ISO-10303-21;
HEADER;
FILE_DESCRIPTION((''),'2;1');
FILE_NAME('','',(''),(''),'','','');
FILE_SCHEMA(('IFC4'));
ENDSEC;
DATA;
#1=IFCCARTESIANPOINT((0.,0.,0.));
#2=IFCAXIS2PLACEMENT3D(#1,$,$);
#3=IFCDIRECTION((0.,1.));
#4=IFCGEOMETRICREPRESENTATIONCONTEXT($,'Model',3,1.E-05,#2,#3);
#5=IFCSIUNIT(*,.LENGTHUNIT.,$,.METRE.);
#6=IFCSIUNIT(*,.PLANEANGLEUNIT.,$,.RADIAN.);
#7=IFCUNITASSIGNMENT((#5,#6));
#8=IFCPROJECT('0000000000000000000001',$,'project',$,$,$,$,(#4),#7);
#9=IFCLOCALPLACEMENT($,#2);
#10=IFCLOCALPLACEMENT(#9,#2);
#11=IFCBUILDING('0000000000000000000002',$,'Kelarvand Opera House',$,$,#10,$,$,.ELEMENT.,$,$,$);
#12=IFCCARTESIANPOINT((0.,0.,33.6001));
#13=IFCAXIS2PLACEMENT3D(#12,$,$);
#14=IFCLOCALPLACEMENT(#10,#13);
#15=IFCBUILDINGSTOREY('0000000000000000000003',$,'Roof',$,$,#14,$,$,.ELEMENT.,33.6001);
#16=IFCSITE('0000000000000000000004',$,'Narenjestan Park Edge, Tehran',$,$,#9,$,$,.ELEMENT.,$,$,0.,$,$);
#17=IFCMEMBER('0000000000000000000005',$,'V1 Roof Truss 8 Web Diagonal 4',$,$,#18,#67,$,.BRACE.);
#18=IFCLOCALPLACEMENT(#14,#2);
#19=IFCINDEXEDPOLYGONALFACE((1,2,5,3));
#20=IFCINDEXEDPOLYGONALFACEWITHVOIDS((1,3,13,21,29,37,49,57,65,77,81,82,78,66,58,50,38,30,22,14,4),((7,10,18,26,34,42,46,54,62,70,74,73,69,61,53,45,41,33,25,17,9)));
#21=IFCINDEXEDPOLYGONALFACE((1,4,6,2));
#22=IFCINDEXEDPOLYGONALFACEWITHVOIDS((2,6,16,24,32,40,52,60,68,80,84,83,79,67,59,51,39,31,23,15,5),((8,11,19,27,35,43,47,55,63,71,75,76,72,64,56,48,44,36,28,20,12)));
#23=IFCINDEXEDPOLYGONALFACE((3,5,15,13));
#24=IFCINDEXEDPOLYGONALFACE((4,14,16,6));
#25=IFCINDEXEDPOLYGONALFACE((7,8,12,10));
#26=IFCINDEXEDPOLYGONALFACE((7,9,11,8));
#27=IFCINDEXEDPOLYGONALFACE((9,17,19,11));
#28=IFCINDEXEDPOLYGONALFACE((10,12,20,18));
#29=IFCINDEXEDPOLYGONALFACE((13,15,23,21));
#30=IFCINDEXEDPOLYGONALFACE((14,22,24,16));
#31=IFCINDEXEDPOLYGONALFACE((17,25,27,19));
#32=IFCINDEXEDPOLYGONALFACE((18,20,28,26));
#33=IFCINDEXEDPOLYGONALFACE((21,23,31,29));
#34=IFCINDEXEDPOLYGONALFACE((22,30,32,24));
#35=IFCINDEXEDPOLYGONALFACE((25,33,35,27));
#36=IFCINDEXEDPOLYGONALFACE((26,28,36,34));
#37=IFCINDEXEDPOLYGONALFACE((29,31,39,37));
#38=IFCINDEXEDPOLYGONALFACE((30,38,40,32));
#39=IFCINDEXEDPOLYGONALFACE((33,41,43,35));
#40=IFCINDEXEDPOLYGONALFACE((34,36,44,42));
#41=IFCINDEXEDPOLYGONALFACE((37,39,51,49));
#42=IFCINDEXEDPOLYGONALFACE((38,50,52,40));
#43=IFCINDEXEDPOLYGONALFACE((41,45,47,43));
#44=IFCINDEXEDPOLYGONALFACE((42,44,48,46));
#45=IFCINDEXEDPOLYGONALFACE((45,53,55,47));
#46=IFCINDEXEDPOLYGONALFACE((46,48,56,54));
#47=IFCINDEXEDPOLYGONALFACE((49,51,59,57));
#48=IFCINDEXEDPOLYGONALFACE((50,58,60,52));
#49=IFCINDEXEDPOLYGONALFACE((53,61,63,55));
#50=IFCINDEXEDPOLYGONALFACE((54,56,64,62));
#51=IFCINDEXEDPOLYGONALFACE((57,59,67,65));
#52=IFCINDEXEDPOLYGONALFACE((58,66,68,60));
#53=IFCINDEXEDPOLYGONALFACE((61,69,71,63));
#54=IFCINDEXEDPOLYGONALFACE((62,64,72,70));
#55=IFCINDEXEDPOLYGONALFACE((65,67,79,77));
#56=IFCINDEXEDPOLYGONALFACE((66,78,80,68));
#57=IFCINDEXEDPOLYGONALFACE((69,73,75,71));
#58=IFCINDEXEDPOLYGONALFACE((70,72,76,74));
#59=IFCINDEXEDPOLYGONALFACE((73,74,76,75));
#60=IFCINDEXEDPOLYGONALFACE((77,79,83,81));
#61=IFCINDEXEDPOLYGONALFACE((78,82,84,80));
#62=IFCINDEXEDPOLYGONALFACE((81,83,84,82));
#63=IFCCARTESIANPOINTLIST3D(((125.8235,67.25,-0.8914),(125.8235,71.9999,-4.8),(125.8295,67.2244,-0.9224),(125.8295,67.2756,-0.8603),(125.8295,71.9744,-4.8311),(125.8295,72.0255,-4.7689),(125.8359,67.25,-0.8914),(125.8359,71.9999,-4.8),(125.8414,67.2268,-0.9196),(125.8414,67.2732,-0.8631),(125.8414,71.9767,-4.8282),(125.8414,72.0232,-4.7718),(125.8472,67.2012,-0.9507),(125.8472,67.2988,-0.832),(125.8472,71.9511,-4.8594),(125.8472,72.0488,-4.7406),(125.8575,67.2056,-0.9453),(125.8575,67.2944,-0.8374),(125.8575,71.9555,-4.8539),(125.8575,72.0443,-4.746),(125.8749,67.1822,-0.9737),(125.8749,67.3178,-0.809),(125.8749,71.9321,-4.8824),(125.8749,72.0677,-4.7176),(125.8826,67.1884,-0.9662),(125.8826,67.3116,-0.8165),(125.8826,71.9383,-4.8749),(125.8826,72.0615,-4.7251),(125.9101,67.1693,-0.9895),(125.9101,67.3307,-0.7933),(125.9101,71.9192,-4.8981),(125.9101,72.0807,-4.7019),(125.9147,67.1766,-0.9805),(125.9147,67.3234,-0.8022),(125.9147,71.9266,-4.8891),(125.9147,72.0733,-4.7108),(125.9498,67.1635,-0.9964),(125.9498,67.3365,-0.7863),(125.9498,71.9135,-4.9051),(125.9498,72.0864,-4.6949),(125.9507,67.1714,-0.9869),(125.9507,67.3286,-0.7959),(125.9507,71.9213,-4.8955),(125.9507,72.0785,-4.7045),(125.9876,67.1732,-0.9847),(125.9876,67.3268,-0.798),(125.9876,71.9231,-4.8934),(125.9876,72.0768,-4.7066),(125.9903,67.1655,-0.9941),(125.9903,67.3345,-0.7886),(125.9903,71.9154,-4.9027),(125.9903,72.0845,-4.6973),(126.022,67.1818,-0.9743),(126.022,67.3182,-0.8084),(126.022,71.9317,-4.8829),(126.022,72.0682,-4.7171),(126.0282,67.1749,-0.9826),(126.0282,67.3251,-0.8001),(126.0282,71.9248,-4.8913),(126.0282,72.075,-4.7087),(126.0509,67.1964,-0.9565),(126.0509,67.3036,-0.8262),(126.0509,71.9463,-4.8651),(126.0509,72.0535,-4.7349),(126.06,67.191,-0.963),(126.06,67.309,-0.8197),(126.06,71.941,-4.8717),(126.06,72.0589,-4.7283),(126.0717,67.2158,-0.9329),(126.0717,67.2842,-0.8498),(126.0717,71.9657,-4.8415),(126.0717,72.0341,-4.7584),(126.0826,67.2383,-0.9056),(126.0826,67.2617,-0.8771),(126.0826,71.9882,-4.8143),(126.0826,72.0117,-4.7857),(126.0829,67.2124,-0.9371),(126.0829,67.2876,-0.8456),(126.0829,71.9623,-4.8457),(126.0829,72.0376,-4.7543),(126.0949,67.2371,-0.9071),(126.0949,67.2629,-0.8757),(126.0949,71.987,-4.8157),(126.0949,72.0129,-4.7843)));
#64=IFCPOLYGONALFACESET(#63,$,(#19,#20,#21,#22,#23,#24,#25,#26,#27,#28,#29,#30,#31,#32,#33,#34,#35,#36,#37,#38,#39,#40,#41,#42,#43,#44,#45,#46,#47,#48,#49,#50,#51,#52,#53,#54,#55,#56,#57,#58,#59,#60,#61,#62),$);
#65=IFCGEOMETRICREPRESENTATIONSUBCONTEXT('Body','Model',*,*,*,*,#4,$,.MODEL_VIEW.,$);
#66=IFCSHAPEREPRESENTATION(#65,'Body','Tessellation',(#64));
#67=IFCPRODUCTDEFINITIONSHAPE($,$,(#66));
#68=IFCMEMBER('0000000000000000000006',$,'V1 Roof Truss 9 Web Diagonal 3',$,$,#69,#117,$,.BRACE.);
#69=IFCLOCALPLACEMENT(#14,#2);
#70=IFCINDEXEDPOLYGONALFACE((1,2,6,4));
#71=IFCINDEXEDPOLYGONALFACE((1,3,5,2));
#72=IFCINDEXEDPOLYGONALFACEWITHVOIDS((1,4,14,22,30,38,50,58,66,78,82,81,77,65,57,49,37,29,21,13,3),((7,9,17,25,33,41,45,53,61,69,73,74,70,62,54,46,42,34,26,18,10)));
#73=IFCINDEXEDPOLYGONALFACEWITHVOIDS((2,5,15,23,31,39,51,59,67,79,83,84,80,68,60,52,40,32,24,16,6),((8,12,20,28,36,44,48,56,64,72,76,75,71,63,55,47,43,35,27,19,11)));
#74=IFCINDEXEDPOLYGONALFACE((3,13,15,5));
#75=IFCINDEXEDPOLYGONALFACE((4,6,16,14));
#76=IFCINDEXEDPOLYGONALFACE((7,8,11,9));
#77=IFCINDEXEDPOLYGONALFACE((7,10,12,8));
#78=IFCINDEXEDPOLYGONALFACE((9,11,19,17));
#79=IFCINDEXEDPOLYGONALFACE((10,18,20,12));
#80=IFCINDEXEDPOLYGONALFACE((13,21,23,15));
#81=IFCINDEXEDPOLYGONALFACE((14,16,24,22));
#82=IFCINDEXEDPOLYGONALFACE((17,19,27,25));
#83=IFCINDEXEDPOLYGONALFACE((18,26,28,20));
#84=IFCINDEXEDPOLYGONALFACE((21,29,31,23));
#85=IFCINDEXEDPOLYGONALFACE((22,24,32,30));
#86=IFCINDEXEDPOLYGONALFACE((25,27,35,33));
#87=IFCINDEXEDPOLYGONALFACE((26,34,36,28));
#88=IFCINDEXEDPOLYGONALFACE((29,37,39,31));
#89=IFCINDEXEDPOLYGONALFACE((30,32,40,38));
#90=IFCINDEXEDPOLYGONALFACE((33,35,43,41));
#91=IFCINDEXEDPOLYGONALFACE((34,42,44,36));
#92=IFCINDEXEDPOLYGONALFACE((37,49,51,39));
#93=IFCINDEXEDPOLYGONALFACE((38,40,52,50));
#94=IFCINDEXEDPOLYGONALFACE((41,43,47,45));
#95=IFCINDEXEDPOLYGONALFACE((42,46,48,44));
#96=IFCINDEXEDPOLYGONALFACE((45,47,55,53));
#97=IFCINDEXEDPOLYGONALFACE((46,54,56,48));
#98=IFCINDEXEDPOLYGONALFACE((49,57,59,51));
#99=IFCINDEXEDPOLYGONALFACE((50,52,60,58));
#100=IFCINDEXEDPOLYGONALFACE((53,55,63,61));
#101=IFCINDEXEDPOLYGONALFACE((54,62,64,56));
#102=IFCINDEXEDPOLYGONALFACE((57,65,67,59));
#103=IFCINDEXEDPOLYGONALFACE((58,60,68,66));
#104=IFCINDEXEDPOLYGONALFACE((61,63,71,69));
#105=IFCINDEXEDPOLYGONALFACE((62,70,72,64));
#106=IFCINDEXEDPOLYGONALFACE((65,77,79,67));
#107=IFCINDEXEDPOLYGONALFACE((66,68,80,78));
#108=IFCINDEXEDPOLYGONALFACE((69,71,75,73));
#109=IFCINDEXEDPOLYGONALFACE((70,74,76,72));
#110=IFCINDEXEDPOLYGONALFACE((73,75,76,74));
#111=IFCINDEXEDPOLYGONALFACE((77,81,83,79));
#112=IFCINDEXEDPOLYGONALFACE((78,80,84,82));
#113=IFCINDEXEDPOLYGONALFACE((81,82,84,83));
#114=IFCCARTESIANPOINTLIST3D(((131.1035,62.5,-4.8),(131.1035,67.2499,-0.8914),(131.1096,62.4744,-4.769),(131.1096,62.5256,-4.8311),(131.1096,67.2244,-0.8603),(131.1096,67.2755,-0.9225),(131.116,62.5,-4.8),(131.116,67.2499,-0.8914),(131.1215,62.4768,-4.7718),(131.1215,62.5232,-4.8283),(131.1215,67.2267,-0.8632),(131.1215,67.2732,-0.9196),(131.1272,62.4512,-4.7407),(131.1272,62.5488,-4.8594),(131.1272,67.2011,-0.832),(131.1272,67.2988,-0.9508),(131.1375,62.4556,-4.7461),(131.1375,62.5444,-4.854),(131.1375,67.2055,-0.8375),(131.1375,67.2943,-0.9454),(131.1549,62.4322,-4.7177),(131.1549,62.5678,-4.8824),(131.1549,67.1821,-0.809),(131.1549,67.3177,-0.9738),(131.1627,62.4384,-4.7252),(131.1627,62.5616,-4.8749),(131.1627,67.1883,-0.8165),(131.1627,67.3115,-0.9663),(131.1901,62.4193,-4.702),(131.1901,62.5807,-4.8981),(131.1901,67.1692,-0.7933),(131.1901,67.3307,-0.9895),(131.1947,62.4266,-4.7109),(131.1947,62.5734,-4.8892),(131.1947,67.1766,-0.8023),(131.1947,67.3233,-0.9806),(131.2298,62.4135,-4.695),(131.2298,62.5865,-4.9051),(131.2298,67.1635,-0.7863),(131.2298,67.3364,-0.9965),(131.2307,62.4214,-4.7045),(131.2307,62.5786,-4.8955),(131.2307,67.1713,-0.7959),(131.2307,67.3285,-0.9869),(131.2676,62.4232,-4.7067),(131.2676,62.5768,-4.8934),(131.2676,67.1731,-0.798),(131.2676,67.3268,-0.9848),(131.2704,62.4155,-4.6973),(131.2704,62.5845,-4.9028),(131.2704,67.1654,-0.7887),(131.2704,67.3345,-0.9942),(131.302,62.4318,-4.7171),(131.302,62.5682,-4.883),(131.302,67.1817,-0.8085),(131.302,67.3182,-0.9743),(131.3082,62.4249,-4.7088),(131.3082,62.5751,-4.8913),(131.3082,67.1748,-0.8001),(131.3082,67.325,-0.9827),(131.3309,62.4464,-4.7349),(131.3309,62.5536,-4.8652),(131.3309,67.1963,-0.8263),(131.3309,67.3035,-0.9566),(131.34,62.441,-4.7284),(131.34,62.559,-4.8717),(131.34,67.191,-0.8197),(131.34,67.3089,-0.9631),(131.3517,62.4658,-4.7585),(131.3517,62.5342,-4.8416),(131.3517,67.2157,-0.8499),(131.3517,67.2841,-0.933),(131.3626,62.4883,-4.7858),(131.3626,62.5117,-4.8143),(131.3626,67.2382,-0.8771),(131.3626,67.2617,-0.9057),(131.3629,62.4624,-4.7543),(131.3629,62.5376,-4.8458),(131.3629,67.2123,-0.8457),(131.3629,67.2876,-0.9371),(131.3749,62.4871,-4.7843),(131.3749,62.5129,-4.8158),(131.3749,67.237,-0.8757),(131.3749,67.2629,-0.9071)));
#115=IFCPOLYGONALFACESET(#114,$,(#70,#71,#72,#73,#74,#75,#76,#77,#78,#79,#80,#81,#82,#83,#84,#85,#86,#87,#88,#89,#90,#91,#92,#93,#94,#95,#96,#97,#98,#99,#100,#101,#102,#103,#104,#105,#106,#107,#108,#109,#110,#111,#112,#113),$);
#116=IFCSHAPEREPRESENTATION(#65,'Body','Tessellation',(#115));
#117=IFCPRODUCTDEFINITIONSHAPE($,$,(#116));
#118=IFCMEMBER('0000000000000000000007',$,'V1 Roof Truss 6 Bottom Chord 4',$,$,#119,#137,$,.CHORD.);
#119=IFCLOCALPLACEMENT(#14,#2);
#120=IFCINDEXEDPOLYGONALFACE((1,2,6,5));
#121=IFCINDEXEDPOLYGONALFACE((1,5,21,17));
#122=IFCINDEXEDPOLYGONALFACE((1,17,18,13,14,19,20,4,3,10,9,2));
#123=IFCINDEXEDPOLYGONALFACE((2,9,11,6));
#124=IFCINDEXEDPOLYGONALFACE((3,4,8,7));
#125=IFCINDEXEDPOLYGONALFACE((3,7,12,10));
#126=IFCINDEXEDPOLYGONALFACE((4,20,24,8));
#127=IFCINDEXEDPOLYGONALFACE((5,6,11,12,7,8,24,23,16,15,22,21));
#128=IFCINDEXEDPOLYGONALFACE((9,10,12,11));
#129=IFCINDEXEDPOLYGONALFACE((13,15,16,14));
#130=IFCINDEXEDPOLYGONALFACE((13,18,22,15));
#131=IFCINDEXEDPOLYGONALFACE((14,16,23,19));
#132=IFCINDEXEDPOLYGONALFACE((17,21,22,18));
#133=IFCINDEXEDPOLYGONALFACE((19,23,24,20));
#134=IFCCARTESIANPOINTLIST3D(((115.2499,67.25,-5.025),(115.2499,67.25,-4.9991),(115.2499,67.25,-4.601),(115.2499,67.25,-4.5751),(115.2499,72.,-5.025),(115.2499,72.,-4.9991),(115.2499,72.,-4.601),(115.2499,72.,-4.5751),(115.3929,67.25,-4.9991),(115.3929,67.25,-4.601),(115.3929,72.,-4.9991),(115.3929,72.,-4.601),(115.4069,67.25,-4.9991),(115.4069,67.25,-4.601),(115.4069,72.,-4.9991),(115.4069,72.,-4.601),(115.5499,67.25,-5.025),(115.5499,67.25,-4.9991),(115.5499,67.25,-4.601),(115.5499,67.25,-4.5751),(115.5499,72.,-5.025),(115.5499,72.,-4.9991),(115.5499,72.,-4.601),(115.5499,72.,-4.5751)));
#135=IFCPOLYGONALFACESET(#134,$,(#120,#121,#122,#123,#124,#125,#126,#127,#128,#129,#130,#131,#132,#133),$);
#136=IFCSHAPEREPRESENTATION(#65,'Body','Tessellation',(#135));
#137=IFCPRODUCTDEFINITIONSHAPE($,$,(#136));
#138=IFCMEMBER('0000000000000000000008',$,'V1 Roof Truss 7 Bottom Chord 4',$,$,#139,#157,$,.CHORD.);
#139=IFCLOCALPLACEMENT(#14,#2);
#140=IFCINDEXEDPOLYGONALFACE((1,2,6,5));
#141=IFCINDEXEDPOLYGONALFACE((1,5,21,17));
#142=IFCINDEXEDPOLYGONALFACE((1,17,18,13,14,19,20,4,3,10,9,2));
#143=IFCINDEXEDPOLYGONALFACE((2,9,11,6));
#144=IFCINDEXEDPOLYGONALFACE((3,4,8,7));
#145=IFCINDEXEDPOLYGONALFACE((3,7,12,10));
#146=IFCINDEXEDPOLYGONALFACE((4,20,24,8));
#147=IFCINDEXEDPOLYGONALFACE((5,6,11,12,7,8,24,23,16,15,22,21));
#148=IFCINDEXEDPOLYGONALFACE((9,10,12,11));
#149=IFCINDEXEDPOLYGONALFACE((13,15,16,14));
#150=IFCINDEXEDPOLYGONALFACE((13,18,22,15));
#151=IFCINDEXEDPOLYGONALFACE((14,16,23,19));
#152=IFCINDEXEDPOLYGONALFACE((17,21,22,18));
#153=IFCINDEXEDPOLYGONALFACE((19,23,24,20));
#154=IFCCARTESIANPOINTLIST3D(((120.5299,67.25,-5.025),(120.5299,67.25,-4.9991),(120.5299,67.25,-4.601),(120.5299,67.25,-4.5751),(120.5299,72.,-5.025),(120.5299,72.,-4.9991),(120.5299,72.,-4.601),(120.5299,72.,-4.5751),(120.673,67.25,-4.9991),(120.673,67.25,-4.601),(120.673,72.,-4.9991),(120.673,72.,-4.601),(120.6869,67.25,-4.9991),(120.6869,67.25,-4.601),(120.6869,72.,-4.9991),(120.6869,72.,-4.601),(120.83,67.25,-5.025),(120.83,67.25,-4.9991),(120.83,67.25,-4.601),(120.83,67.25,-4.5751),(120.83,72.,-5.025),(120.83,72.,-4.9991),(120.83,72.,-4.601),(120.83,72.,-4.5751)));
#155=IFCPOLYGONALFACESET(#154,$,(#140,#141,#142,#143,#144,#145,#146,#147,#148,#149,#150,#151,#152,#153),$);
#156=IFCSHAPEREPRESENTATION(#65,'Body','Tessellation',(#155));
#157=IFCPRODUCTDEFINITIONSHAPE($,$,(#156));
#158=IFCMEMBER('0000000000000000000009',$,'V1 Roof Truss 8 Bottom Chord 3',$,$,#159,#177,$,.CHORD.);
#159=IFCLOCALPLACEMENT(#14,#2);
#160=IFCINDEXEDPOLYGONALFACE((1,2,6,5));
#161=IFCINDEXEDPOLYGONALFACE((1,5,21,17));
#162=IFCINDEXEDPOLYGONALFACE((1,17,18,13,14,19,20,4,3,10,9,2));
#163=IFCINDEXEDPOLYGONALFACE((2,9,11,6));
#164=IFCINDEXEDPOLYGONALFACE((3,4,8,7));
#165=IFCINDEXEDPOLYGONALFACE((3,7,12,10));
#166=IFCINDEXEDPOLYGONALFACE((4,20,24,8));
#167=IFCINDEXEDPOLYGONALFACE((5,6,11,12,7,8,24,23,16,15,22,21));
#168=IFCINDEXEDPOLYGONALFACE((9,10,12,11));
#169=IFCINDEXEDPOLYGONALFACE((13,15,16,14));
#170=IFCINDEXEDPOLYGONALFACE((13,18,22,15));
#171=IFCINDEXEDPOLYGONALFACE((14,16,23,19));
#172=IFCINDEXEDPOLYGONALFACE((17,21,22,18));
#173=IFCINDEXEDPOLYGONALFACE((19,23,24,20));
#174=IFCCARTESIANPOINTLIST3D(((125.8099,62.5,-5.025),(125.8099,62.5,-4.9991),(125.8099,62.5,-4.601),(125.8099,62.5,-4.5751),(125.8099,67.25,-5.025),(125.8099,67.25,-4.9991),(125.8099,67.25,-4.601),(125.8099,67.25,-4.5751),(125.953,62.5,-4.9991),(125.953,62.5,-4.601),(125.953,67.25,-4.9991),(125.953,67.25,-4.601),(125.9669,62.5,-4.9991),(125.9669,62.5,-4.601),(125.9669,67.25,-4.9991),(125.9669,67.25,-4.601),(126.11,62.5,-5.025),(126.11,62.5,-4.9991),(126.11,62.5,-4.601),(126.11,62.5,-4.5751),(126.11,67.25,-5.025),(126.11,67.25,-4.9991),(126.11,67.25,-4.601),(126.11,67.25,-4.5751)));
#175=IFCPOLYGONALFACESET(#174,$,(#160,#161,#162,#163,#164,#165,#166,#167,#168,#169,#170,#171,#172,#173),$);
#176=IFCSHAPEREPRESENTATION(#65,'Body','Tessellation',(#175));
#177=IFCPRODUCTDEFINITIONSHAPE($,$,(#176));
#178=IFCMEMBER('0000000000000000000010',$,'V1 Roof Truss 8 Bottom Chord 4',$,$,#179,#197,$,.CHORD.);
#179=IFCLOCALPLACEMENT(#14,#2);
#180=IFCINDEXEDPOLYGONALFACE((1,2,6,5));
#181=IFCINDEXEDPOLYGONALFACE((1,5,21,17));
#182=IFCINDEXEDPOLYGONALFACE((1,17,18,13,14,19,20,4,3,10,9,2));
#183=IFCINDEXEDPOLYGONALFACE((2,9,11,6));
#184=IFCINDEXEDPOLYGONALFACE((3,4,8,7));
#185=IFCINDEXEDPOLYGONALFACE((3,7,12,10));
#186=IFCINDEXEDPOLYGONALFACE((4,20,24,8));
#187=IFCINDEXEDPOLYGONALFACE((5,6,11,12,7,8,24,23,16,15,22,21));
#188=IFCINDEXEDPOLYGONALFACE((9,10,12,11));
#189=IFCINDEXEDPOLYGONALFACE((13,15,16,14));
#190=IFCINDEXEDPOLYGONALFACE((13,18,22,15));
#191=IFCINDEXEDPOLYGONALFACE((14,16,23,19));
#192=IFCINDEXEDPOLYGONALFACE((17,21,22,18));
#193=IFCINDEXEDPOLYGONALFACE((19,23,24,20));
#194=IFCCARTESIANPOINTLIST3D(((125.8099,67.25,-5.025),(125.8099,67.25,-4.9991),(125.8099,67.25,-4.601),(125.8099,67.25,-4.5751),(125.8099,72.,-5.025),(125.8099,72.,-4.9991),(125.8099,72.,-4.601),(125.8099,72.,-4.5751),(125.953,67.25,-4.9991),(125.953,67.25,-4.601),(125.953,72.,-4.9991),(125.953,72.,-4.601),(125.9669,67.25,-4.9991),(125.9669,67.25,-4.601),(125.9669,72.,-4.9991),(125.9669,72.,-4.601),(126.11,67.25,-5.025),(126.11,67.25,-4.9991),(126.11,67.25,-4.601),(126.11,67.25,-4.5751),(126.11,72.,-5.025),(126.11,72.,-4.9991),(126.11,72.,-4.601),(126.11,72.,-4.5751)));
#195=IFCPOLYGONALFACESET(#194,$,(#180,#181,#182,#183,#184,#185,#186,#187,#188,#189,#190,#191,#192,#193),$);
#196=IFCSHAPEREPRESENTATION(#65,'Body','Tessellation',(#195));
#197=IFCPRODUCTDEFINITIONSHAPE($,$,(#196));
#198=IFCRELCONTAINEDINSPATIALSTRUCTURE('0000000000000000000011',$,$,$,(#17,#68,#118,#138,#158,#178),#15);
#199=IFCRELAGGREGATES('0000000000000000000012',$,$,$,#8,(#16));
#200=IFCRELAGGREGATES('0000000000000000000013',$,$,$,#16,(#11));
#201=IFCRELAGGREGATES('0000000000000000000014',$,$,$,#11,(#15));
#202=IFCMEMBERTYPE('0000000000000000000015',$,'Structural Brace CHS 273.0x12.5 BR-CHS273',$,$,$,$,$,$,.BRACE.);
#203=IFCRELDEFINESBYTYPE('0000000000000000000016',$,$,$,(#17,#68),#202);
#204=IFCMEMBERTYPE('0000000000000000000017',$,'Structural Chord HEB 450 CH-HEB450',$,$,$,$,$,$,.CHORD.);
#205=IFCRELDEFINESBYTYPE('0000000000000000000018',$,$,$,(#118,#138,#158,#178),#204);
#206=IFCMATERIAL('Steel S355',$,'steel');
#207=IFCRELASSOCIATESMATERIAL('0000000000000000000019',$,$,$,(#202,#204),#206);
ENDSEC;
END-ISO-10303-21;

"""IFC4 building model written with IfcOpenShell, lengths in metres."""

from ifc_helpers import new_model, si_unit, direction, frame, origin, origin_2d, place, context, subcontext, project, spatial, hollow_circle, i_section, extrude, material, material_profile, profile_set, type_object, element, save


model = new_model("IFC4")

# Units and contexts
model_context = context("Model", 3, precision=1e-05, world=origin(), true_north=direction((0.0, 1.0)))
body_context = subcontext(model_context, "Body", "Model", "MODEL_VIEW")
ifc_project = project(units=[si_unit("LENGTHUNIT", "METRE"), si_unit("PLANEANGLEUNIT", "RADIAN")], contexts=[model_context])

# Site, building, storey
site_placement = place(None, origin())
site = spatial("IfcSite", under=ifc_project, at=site_placement, Name="Narenjestan Park Edge, Tehran", CompositionType="ELEMENT", RefElevation=0.0)
building_placement = place(site_placement, origin())
building = spatial("IfcBuilding", under=site, at=building_placement, Name="Kelarvand Opera House", CompositionType="ELEMENT")
storey_placement = place(building_placement, frame((0.0, 0.0, 33.6001)))
storey = spatial("IfcBuildingStorey", under=building, at=storey_placement, Name="Roof", CompositionType="ELEMENT", Elevation=33.6001)

# Members
ifc_material = material(Name="Steel S355", Category="steel")
ifc_material_profile_1 = material_profile(ifc_material, hollow_circle(Radius=0.1365, WallThickness=0.0125, at=origin_2d()), Name="CHS 273.0x12.5", Category="steel")
ifc_profile_set_1 = profile_set([ifc_material_profile_1], Name="Steel S355")
member_type_1 = type_object("IfcMemberType", Name="Structural Brace CHS 273.0x12.5 BR-CHS273", PredefinedType="BRACE", material=ifc_profile_set_1)
for number, where, z_axis, x_axis, name in (
    (1, (125.96, 67.25, -0.8914), (0.0, 0.772175, -0.63541), (-1.0, 0.0, 0.0), "V1 Roof Truss 8 Web Diagonal 4"),
    (2, (131.24, 62.5, -4.8), (0.0, 0.772175, 0.63541), (-1.0, 0.0, 0.0), "V1 Roof Truss 9 Web Diagonal 3"),
):
    element("IfcMember", number, at=place(storey_placement, frame(where, z_axis=z_axis, x_axis=x_axis)), inside=storey, type_object=member_type_1, Name=name, PredefinedType="BRACE", context=body_context, shape_type="SweptSolid", body=[
        extrude(hollow_circle(Radius=0.1365, WallThickness=0.0125, at=origin_2d()), origin(), (0.0, 0.0, 1.0), 6.1514),
    ])
ifc_material_profile_2 = material_profile(ifc_material, i_section(OverallWidth=0.3, OverallDepth=0.45, WebThickness=0.0139, FlangeThickness=0.0259, at=origin_2d()), Name="HEB 450", Category="steel")
ifc_profile_set_2 = profile_set([ifc_material_profile_2], Name="Steel S355")
member_type_2 = type_object("IfcMemberType", Name="Structural Chord HEB 450 CH-HEB450", PredefinedType="CHORD", material=ifc_profile_set_2)
for number, where, z_axis, x_axis, name in (
    (3, (115.3999, 67.25, -4.8), (0.0, 1.0, 0.0), (-1.0, 0.0, 0.0), "V1 Roof Truss 6 Bottom Chord 4"),
    (4, (120.6799, 67.25, -4.8), (0.0, 1.0, 0.0), (-1.0, 0.0, 0.0), "V1 Roof Truss 7 Bottom Chord 4"),
    (5, (125.96, 62.5, -4.8), (0.0, 1.0, 0.0), (-1.0, 0.0, 0.0), "V1 Roof Truss 8 Bottom Chord 3"),
    (6, (125.96, 67.25, -4.8), (0.0, 1.0, 0.0), (-1.0, 0.0, 0.0), "V1 Roof Truss 8 Bottom Chord 4"),
):
    element("IfcMember", number, at=place(storey_placement, frame(where, z_axis=z_axis, x_axis=x_axis)), inside=storey, type_object=member_type_2, Name=name, PredefinedType="CHORD", context=body_context, shape_type="SweptSolid", body=[
        extrude(i_section(OverallWidth=0.3, OverallDepth=0.45, WebThickness=0.0139, FlangeThickness=0.0259, at=origin_2d()), origin(), (0.0, 0.0, 1.0), 4.75),
    ])

save(model, "model.ifc")
